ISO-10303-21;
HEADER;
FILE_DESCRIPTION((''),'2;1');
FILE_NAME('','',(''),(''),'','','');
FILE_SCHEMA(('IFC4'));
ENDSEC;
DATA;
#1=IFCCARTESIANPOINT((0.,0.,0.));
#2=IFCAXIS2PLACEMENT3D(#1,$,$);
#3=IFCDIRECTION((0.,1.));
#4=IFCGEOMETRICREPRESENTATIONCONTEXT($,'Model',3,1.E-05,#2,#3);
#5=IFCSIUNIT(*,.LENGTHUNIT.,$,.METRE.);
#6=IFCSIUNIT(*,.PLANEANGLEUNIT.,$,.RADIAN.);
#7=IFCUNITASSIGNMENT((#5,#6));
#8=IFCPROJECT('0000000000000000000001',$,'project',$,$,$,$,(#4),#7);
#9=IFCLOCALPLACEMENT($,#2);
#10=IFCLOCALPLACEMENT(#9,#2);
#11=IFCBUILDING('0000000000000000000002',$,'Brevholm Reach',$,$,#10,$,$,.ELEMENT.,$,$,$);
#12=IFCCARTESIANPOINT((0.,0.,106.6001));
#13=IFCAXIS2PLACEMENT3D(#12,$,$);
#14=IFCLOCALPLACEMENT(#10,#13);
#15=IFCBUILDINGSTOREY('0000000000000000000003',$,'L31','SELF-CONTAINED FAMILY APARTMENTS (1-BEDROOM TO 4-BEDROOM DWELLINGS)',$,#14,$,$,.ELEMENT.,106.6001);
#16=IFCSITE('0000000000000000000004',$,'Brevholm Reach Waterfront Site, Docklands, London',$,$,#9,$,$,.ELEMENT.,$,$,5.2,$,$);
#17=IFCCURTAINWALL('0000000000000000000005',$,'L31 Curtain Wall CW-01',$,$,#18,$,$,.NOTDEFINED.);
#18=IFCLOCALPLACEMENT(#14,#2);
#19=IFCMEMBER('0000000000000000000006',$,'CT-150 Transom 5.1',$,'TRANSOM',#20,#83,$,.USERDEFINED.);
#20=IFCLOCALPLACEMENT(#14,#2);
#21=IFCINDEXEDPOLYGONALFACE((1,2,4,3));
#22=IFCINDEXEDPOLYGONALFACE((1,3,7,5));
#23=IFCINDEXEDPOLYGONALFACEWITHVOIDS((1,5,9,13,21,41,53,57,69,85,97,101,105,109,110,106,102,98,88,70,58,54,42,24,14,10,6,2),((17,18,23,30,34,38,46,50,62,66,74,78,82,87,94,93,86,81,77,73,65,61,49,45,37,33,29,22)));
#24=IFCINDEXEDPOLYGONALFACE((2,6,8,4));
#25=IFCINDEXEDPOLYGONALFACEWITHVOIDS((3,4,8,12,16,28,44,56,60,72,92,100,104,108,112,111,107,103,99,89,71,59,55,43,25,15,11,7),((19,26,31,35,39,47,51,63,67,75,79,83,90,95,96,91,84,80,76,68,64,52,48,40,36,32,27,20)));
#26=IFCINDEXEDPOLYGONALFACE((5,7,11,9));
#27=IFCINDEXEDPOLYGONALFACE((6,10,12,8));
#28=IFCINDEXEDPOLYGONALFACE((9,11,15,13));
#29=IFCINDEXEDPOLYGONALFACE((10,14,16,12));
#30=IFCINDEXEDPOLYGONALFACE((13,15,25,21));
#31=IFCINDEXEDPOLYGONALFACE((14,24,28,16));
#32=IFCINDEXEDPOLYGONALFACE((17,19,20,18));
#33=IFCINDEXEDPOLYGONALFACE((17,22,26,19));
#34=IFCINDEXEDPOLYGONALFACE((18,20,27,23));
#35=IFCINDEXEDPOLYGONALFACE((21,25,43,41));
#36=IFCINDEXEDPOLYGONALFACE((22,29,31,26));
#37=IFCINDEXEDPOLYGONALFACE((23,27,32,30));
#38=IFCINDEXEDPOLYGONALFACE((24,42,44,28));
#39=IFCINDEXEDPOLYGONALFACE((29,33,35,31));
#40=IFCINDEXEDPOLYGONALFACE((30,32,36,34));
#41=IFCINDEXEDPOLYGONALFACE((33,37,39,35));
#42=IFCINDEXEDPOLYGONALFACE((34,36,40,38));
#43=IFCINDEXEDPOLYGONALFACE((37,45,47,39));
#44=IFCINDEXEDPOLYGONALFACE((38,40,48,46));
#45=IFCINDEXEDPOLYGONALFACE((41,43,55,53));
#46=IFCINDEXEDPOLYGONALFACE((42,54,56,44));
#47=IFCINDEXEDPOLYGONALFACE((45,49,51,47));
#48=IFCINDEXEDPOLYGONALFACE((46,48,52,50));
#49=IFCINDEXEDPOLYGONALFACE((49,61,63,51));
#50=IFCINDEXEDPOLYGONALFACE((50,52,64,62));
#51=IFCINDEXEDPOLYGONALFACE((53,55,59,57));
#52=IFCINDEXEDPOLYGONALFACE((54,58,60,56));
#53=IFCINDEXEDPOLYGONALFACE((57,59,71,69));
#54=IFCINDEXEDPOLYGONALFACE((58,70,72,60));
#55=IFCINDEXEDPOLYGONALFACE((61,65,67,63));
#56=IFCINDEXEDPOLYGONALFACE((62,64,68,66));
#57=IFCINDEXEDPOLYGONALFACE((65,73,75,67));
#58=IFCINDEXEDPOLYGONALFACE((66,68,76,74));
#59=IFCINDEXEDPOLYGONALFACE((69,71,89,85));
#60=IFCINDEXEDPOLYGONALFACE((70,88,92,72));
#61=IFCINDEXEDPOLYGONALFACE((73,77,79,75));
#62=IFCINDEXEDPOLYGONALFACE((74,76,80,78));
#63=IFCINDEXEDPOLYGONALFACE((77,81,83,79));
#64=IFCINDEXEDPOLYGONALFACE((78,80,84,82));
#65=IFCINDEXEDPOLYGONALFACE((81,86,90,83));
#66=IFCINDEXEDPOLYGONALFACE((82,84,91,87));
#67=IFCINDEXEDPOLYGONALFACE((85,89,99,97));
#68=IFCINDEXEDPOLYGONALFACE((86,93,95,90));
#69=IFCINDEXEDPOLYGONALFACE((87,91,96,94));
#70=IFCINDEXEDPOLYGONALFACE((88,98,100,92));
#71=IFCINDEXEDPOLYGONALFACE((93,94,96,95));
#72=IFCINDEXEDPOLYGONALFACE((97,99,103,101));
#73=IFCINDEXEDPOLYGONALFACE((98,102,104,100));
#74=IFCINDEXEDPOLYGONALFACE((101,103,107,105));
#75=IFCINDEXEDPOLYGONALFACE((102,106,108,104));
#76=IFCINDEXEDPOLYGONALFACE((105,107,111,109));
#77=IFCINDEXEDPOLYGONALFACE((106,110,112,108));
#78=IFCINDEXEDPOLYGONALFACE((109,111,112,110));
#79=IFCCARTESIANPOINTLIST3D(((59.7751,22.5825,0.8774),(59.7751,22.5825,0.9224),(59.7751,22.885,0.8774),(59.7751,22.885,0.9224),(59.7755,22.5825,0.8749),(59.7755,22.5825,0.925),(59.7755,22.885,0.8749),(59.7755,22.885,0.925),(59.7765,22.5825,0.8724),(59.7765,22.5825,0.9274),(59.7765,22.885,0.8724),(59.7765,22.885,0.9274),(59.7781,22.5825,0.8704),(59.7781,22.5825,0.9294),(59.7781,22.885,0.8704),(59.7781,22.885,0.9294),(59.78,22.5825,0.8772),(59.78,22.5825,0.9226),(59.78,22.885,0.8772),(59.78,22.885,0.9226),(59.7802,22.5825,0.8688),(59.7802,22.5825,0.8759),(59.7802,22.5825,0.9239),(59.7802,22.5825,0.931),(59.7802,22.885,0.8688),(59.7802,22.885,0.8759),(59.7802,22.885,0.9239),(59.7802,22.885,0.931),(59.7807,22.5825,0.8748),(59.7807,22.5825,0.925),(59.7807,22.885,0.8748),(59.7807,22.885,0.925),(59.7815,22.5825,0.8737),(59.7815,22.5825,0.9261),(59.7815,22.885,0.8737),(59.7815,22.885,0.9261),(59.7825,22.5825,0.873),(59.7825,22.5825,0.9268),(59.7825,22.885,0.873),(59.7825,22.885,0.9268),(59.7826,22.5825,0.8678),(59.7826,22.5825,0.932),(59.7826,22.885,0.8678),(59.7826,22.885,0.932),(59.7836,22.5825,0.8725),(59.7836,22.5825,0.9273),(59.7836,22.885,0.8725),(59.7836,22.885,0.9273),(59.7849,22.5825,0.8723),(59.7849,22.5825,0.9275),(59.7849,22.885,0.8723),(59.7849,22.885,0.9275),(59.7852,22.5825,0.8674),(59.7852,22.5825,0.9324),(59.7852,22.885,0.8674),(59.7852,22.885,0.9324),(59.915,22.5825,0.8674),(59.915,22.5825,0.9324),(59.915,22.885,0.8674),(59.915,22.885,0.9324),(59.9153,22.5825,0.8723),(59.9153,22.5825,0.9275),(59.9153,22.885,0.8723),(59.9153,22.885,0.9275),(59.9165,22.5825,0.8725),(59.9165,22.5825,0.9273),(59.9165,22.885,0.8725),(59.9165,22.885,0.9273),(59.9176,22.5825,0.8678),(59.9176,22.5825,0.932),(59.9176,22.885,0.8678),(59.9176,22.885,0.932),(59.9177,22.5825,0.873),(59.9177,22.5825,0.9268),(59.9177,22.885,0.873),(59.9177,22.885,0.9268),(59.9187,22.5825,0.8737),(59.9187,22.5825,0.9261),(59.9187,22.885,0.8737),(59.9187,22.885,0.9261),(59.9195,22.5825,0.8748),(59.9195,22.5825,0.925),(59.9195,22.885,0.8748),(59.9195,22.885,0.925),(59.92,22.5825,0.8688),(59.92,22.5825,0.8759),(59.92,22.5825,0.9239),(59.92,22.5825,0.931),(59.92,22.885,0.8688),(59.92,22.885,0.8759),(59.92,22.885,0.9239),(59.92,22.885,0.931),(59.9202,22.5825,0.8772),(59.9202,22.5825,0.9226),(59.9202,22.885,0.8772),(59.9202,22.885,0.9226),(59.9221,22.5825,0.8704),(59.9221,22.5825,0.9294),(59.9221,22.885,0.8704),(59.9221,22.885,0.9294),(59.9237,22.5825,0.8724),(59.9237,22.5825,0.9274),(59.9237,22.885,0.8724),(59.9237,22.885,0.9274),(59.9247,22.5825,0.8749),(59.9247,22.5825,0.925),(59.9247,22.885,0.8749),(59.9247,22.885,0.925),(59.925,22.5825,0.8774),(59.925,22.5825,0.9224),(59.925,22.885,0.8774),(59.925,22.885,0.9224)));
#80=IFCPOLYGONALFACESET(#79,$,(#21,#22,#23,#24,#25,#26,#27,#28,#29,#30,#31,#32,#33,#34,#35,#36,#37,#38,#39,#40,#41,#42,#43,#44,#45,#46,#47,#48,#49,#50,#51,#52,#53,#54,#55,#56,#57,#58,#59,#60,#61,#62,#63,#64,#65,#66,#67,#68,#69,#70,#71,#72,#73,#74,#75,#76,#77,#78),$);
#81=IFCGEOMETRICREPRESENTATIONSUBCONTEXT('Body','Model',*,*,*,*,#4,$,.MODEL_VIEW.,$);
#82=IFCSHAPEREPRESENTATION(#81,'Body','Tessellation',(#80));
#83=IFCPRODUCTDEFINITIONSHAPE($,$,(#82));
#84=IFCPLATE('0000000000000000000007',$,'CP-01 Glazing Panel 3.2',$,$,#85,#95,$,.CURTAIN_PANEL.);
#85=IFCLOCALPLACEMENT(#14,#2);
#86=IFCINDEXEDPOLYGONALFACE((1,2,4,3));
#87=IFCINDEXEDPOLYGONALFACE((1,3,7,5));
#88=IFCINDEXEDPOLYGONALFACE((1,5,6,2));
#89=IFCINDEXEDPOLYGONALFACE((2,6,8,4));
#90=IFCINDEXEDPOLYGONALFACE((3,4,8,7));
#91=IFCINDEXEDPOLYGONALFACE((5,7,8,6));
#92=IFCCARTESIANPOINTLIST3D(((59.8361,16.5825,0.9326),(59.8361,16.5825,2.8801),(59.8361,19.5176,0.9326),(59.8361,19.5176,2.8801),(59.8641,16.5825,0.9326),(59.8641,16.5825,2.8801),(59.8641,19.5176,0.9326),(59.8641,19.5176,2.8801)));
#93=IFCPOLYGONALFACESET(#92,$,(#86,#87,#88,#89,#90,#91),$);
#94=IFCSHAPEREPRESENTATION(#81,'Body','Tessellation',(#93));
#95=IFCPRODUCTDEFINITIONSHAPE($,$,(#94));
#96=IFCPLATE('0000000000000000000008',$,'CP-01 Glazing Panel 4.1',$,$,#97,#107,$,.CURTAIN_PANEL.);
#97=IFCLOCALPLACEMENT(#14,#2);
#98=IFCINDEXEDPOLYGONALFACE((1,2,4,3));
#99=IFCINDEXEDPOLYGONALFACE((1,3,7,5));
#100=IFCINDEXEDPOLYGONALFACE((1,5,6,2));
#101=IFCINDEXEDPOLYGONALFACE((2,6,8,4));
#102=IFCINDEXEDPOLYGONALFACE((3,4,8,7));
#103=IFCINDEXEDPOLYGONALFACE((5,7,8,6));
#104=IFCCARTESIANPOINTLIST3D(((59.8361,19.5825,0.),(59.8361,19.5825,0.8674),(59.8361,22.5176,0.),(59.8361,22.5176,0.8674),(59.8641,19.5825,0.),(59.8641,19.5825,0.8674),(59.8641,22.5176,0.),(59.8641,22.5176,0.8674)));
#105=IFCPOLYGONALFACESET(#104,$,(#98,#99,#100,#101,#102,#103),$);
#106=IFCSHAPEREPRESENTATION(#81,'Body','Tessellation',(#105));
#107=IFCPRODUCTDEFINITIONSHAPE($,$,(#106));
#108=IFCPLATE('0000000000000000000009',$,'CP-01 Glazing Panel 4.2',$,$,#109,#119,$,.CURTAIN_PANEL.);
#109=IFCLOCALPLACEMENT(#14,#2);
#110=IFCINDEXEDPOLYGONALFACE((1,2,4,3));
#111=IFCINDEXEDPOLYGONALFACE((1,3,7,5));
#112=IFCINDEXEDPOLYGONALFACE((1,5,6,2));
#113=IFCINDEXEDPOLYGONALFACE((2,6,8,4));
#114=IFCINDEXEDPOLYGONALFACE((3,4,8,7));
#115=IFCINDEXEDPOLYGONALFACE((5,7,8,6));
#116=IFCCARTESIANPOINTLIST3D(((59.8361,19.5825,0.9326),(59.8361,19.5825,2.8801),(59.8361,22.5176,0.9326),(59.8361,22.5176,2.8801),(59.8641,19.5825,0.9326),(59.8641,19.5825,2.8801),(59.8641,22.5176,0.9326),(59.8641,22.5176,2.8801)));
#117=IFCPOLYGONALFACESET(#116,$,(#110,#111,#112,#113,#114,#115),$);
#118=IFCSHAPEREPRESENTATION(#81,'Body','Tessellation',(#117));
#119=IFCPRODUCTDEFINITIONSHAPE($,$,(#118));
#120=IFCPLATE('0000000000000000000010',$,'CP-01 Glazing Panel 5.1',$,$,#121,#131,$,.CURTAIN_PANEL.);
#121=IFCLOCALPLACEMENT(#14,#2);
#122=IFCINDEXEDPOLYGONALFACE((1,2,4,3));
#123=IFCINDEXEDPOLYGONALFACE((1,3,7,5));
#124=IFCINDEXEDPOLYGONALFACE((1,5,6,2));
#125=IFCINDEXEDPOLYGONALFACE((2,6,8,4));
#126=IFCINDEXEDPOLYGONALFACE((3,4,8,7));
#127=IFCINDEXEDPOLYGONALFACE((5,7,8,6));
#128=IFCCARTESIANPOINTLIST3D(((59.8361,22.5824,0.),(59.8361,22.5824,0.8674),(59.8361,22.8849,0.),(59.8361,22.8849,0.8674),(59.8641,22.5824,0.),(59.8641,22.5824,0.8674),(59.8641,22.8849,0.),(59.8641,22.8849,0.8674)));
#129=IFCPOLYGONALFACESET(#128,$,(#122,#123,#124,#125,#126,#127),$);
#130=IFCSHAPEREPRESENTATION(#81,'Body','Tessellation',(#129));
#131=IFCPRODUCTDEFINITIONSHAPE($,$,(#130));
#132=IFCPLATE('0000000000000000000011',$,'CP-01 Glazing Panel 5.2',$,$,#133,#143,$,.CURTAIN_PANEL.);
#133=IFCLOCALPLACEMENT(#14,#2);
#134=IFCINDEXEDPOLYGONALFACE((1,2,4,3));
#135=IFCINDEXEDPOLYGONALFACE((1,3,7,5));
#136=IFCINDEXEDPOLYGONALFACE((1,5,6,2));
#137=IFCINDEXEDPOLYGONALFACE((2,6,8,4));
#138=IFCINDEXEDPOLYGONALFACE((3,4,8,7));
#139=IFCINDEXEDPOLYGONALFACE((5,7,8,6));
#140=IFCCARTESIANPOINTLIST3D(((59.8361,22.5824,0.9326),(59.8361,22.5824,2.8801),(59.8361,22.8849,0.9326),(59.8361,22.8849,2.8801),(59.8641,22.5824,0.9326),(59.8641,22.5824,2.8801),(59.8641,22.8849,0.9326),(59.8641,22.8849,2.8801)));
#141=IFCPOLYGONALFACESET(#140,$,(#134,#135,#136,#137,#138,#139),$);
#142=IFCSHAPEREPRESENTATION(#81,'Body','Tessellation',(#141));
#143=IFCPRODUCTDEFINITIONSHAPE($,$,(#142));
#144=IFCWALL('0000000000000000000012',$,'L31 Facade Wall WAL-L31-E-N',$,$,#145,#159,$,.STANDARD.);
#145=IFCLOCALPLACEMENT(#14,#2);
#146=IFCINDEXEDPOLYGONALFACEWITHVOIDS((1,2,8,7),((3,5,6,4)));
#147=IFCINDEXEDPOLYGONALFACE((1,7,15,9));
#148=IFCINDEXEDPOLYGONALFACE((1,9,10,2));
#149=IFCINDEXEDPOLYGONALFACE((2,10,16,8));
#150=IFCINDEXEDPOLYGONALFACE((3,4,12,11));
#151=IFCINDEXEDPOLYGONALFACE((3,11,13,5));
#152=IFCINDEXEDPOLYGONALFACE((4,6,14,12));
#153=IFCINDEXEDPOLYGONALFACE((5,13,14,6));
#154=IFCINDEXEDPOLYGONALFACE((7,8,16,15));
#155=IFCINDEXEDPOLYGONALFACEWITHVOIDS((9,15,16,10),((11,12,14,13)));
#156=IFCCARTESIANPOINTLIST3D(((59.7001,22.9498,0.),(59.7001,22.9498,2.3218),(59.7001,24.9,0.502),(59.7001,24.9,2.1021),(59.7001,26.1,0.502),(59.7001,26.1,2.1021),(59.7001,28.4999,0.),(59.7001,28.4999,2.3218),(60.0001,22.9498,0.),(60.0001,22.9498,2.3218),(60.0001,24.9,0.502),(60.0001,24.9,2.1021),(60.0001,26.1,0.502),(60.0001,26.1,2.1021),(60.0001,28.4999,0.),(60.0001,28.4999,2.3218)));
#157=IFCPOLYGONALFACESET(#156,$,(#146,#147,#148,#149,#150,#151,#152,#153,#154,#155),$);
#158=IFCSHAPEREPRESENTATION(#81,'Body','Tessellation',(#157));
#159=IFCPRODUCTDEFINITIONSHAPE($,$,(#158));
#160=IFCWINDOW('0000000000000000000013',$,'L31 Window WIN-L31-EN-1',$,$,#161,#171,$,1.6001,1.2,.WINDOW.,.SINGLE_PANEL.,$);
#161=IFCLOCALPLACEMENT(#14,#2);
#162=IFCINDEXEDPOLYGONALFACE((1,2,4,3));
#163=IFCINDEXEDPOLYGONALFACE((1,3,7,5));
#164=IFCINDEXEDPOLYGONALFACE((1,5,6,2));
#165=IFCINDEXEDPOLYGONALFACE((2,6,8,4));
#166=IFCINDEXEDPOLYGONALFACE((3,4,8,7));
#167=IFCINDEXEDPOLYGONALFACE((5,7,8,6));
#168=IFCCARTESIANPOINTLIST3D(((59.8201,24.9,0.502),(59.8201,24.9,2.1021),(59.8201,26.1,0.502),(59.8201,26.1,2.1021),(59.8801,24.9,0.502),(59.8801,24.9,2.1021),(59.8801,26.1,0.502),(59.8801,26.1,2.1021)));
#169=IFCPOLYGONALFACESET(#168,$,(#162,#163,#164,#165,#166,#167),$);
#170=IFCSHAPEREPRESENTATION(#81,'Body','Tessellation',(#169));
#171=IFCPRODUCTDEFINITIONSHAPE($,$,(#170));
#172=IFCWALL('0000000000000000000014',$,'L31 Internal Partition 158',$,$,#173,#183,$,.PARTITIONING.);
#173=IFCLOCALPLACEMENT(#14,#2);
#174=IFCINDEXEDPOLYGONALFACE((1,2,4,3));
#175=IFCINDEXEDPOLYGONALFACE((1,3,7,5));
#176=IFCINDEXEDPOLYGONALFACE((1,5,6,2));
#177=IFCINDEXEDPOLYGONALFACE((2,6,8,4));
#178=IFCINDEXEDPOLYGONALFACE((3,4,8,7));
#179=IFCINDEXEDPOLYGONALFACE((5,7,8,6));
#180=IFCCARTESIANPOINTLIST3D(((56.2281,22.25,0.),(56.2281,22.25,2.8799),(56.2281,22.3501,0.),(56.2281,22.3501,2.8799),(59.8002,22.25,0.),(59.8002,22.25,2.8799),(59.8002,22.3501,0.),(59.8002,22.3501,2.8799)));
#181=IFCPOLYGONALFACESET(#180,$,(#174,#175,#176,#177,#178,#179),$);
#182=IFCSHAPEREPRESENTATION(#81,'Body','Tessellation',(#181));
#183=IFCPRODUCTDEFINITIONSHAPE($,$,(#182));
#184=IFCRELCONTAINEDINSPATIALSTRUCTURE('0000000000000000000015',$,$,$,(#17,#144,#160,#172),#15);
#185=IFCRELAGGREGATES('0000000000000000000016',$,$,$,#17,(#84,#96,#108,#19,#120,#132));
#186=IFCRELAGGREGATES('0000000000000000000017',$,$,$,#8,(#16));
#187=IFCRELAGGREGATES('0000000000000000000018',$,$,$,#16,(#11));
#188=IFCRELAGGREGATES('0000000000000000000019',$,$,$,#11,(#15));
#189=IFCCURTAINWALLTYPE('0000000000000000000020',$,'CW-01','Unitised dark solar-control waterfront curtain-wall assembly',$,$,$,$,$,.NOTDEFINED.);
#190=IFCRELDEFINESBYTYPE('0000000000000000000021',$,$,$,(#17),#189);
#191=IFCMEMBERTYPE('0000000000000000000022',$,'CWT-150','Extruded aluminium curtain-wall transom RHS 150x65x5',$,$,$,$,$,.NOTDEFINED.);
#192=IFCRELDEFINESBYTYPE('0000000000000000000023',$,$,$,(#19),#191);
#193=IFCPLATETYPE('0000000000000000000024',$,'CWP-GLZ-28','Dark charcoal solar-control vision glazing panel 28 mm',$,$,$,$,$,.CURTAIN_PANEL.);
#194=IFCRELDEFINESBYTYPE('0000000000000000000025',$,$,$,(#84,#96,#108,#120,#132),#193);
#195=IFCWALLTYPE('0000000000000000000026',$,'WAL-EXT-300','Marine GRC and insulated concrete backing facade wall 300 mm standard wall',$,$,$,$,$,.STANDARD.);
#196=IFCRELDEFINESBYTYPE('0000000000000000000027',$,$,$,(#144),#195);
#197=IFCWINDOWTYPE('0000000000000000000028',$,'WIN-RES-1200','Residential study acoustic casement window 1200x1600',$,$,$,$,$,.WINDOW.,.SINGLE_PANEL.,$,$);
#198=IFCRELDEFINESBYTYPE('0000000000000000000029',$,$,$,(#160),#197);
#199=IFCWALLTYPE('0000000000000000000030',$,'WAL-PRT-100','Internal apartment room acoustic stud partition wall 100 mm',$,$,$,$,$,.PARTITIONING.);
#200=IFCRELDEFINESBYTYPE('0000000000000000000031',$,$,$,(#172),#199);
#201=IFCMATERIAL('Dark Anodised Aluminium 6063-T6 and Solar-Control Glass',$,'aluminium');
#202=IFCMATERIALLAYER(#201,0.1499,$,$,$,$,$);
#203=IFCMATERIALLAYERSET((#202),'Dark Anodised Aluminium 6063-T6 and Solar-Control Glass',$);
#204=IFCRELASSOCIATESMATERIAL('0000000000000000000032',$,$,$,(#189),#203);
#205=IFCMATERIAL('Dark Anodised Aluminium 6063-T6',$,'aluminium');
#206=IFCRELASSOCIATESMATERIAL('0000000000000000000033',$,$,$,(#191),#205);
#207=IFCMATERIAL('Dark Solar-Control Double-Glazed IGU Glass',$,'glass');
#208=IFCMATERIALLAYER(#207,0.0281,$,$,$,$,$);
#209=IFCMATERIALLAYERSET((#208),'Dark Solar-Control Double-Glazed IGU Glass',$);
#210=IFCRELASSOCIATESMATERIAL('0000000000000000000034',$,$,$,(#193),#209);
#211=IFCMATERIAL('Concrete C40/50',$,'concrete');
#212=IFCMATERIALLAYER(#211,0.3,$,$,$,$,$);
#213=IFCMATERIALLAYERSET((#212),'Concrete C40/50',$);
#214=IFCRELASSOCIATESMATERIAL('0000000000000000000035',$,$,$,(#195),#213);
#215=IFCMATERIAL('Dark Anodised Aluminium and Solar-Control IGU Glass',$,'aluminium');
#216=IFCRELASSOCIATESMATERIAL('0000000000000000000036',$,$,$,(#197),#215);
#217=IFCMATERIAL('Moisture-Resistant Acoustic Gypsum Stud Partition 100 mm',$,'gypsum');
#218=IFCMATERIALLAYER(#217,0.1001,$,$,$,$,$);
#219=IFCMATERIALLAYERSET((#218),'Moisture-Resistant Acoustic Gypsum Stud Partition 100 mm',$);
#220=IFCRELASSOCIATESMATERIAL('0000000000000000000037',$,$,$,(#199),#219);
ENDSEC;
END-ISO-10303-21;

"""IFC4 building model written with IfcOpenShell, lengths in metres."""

from ifc_helpers import new_model, si_unit, direction, frame, frame_2d, origin, origin_2d, place, context, subcontext, project, spatial, rectangle, hollow_rectangle, extrude, material, layer, layer_set, material_profile, profile_set, type_object, element, fill, aggregate, save


model = new_model("IFC4")

# Units and contexts
model_context = context("Model", 3, precision=1e-05, world=origin(), true_north=direction((0.0, 1.0)))
body_context = subcontext(model_context, "Body", "Model", "MODEL_VIEW")
ifc_project = project(units=[si_unit("LENGTHUNIT", "METRE"), si_unit("PLANEANGLEUNIT", "RADIAN")], contexts=[model_context])

# Site, building, storey
site_placement = place(None, origin())
site = spatial("IfcSite", under=ifc_project, at=site_placement, Name="Brevholm Reach Waterfront Site, Docklands, London", CompositionType="ELEMENT", RefElevation=5.2)
building_placement = place(site_placement, origin())
building = spatial("IfcBuilding", under=site, at=building_placement, Name="Brevholm Reach", CompositionType="ELEMENT")
storey_placement = place(building_placement, frame((0.0, 0.0, 106.6001)))
storey = spatial("IfcBuildingStorey", under=building, at=storey_placement, Name="L31", Description="SELF-CONTAINED FAMILY APARTMENTS (1-BEDROOM TO 4-BEDROOM DWELLINGS)", CompositionType="ELEMENT", Elevation=106.6001)

# Curtain wall, member, plates
ifc_material_1 = material(Name="Dark Anodised Aluminium 6063-T6 and Solar-Control Glass", Category="aluminium")
ifc_layer_1 = layer(ifc_material_1, 0.1499)
ifc_layer_set_1 = layer_set([ifc_layer_1], Name="Dark Anodised Aluminium 6063-T6 and Solar-Control Glass")
curtain_wall_type = type_object("IfcCurtainWallType", Name="CW-01", Description="Unitised dark solar-control waterfront curtain-wall assembly", PredefinedType="NOTDEFINED", material=ifc_layer_set_1)
curtain_wall_placement = place(storey_placement, origin())
curtain_wall = element("IfcCurtainWall", 1, at=curtain_wall_placement, inside=storey, type_object=curtain_wall_type, Name="L31 Curtain Wall CW-01", PredefinedType="NOTDEFINED")
ifc_material_2 = material(Name="Dark Anodised Aluminium 6063-T6", Category="aluminium")
ifc_material_profile_1 = material_profile(ifc_material_2, hollow_rectangle(XDim=0.0649, YDim=0.1499, WallThickness=0.0049, InnerFilletRadius=0.0049, OuterFilletRadius=0.01, at=origin_2d()), Name="RHS 150x65x5")
ifc_profile_set_1 = profile_set([ifc_material_profile_1], Name="Dark Anodised Aluminium 6063-T6")
member_type_1 = type_object("IfcMemberType", Name="CWT-150", Description="Extruded aluminium curtain-wall transom RHS 150x65x5", PredefinedType="NOTDEFINED", material=ifc_profile_set_1)
member_1_placement = place(storey_placement, frame((59.8501, 22.5825, 0.8999), z_axis=(0.0, 1.0, 0.0), x_axis=(0.0, 0.0, 1.0)))
member_1 = element("IfcMember", 2, at=member_1_placement, type_object=member_type_1, Name="CT-150 Transom 5.1", ObjectType="TRANSOM", PredefinedType="USERDEFINED", context=body_context, shape_type="SweptSolid", body=[
    extrude(hollow_rectangle(XDim=0.0649, YDim=0.1499, WallThickness=0.0049, InnerFilletRadius=0.0049, OuterFilletRadius=0.01, at=origin_2d()), origin(), (0.0, 0.0, 1.0), 0.3025),
])
ifc_material_3 = material(Name="Dark Solar-Control Double-Glazed IGU Glass", Category="glass")
ifc_layer_2 = layer(ifc_material_3, 0.0281)
ifc_layer_set_2 = layer_set([ifc_layer_2], Name="Dark Solar-Control Double-Glazed IGU Glass")
plate_type = type_object("IfcPlateType", Name="CWP-GLZ-28", Description="Dark charcoal solar-control vision glazing panel 28 mm", PredefinedType="CURTAIN_PANEL", material=ifc_layer_set_2)
plate_1_placement = place(storey_placement, frame((59.8501, 18.05, 0.9326), z_axis=(0.0, 0.0, 1.0), x_axis=(0.0, 1.0, 0.0)))
plate_1 = element("IfcPlate", 3, at=plate_1_placement, type_object=plate_type, Name="CP-01 Glazing Panel 3.2", PredefinedType="CURTAIN_PANEL", context=body_context, shape_type="SweptSolid", body=[
    extrude(rectangle(XDim=2.9351, YDim=0.0281, at=origin_2d()), origin(), (0.0, 0.0, 1.0), 1.9475),
])
plate_2_placement = place(storey_placement, frame((59.8501, 21.05, 0.0), z_axis=(0.0, 0.0, 1.0), x_axis=(0.0, 1.0, 0.0)))
plate_2 = element("IfcPlate", 4, at=plate_2_placement, type_object=plate_type, Name="CP-01 Glazing Panel 4.1", PredefinedType="CURTAIN_PANEL", context=body_context, shape_type="SweptSolid", body=[
    extrude(rectangle(XDim=2.9351, YDim=0.0281, at=origin_2d()), origin(), (0.0, 0.0, 1.0), 0.8674),
])
plate_3_placement = place(storey_placement, frame((59.8501, 21.05, 0.9326), z_axis=(0.0, 0.0, 1.0), x_axis=(0.0, 1.0, 0.0)))
plate_3 = element("IfcPlate", 5, at=plate_3_placement, type_object=plate_type, Name="CP-01 Glazing Panel 4.2", PredefinedType="CURTAIN_PANEL", context=body_context, shape_type="SweptSolid", body=[
    extrude(rectangle(XDim=2.9351, YDim=0.0281, at=origin_2d()), origin(), (0.0, 0.0, 1.0), 1.9475),
])
plate_4_placement = place(storey_placement, frame((59.8501, 22.7336, 0.0), z_axis=(0.0, 0.0, 1.0), x_axis=(0.0, 1.0, 0.0)))
plate_4 = element("IfcPlate", 6, at=plate_4_placement, type_object=plate_type, Name="CP-01 Glazing Panel 5.1", PredefinedType="CURTAIN_PANEL", context=body_context, shape_type="SweptSolid", body=[
    extrude(rectangle(XDim=0.3025, YDim=0.0281, at=origin_2d()), origin(), (0.0, 0.0, 1.0), 0.8674),
])
plate_5_placement = place(storey_placement, frame((59.8501, 22.7336, 0.9326), z_axis=(0.0, 0.0, 1.0), x_axis=(0.0, 1.0, 0.0)))
plate_5 = element("IfcPlate", 7, at=plate_5_placement, type_object=plate_type, Name="CP-01 Glazing Panel 5.2", PredefinedType="CURTAIN_PANEL", context=body_context, shape_type="SweptSolid", body=[
    extrude(rectangle(XDim=0.3025, YDim=0.0281, at=origin_2d()), origin(), (0.0, 0.0, 1.0), 1.9475),
])
aggregate(curtain_wall, [plate_1, plate_2, plate_3, member_1, plate_4, plate_5])

# Wall, opening, window
ifc_material_4 = material(Name="Concrete C40/50", Category="concrete")
ifc_layer_3 = layer(ifc_material_4, 0.3)
ifc_layer_set_3 = layer_set([ifc_layer_3], Name="Concrete C40/50")
wall_type_1 = type_object("IfcWallType", Name="WAL-EXT-300", Description="Marine GRC and insulated concrete backing facade wall 300 mm standard wall", PredefinedType="STANDARD", material=ifc_layer_set_3)
wall_1_placement = place(storey_placement, frame((59.8501, 22.95, 0.0), z_axis=(0.0, 0.0, 1.0), x_axis=(0.0, 1.0, 0.0)))
wall_1 = element("IfcWall", 8, at=wall_1_placement, inside=storey, type_object=wall_type_1, Name="L31 Facade Wall WAL-L31-E-N", PredefinedType="STANDARD", context=body_context, shape_type="SweptSolid", body=[
    extrude(rectangle(XDim=5.55, YDim=0.3, at=frame_2d((2.7749, 0.0))), origin(), (0.0, 0.0, 1.0), 2.3218),
])
opening_1_placement = place(wall_1_placement, frame((1.95, 0.0, 0.502)))
opening_1 = element("IfcOpeningElement", 9, at=opening_1_placement, cuts=wall_1, PredefinedType="OPENING", context=body_context, shape_type="SweptSolid", body=[
    extrude(rectangle(XDim=1.2, YDim=1.6001, at=frame_2d((0.6001, 0.8))), frame((0.0, 0.1599, 0.0), z_axis=(0.0, -1.0, 0.0), x_axis=(1.0, 0.0, 0.0)), (0.0, 0.0, 1.0), 0.3201),
])
ifc_material_5 = material(Name="Dark Anodised Aluminium and Solar-Control IGU Glass", Category="aluminium")
window_type = type_object("IfcWindowType", Name="WIN-RES-1200", Description="Residential study acoustic casement window 1200x1600", PartitioningType="SINGLE_PANEL", PredefinedType="WINDOW", material=ifc_material_5)
window_placement = place(opening_1_placement, origin())
window = element("IfcWindow", 10, at=window_placement, inside=storey, type_object=window_type, Name="L31 Window WIN-L31-EN-1", OverallHeight=1.6001, OverallWidth=1.2, PartitioningType="SINGLE_PANEL", PredefinedType="WINDOW", context=body_context, shape_type="SweptSolid", body=[
    extrude(rectangle(XDim=1.2, YDim=1.6001, at=frame_2d((0.6001, 0.8))), frame((0.0, 0.03, 0.0), z_axis=(0.0, -1.0, 0.0), x_axis=(1.0, 0.0, 0.0)), (0.0, 0.0, 1.0), 0.0601),
])
fill(opening_1, window)

# Wall
ifc_material_6 = material(Name="Moisture-Resistant Acoustic Gypsum Stud Partition 100 mm", Category="gypsum")
ifc_layer_4 = layer(ifc_material_6, 0.1001)
ifc_layer_set_4 = layer_set([ifc_layer_4], Name="Moisture-Resistant Acoustic Gypsum Stud Partition 100 mm")
wall_type_2 = type_object("IfcWallType", Name="WAL-PRT-100", Description="Internal apartment room acoustic stud partition wall 100 mm", PredefinedType="PARTITIONING", material=ifc_layer_set_4)
wall_2_placement = place(storey_placement, frame((56.228, 22.3, 0.0), z_axis=(0.0, 0.0, 1.0), x_axis=(1.0, 0.0, 0.0)))
element("IfcWall", 11, at=wall_2_placement, inside=storey, type_object=wall_type_2, Name="L31 Internal Partition 158", PredefinedType="PARTITIONING", context=body_context, shape_type="SweptSolid", body=[
    extrude(rectangle(XDim=3.572, YDim=0.1001, at=frame_2d((1.7861, 0.0))), origin(), (0.0, 0.0, 1.0), 2.8799),
])

save(model, "model.ifc")
